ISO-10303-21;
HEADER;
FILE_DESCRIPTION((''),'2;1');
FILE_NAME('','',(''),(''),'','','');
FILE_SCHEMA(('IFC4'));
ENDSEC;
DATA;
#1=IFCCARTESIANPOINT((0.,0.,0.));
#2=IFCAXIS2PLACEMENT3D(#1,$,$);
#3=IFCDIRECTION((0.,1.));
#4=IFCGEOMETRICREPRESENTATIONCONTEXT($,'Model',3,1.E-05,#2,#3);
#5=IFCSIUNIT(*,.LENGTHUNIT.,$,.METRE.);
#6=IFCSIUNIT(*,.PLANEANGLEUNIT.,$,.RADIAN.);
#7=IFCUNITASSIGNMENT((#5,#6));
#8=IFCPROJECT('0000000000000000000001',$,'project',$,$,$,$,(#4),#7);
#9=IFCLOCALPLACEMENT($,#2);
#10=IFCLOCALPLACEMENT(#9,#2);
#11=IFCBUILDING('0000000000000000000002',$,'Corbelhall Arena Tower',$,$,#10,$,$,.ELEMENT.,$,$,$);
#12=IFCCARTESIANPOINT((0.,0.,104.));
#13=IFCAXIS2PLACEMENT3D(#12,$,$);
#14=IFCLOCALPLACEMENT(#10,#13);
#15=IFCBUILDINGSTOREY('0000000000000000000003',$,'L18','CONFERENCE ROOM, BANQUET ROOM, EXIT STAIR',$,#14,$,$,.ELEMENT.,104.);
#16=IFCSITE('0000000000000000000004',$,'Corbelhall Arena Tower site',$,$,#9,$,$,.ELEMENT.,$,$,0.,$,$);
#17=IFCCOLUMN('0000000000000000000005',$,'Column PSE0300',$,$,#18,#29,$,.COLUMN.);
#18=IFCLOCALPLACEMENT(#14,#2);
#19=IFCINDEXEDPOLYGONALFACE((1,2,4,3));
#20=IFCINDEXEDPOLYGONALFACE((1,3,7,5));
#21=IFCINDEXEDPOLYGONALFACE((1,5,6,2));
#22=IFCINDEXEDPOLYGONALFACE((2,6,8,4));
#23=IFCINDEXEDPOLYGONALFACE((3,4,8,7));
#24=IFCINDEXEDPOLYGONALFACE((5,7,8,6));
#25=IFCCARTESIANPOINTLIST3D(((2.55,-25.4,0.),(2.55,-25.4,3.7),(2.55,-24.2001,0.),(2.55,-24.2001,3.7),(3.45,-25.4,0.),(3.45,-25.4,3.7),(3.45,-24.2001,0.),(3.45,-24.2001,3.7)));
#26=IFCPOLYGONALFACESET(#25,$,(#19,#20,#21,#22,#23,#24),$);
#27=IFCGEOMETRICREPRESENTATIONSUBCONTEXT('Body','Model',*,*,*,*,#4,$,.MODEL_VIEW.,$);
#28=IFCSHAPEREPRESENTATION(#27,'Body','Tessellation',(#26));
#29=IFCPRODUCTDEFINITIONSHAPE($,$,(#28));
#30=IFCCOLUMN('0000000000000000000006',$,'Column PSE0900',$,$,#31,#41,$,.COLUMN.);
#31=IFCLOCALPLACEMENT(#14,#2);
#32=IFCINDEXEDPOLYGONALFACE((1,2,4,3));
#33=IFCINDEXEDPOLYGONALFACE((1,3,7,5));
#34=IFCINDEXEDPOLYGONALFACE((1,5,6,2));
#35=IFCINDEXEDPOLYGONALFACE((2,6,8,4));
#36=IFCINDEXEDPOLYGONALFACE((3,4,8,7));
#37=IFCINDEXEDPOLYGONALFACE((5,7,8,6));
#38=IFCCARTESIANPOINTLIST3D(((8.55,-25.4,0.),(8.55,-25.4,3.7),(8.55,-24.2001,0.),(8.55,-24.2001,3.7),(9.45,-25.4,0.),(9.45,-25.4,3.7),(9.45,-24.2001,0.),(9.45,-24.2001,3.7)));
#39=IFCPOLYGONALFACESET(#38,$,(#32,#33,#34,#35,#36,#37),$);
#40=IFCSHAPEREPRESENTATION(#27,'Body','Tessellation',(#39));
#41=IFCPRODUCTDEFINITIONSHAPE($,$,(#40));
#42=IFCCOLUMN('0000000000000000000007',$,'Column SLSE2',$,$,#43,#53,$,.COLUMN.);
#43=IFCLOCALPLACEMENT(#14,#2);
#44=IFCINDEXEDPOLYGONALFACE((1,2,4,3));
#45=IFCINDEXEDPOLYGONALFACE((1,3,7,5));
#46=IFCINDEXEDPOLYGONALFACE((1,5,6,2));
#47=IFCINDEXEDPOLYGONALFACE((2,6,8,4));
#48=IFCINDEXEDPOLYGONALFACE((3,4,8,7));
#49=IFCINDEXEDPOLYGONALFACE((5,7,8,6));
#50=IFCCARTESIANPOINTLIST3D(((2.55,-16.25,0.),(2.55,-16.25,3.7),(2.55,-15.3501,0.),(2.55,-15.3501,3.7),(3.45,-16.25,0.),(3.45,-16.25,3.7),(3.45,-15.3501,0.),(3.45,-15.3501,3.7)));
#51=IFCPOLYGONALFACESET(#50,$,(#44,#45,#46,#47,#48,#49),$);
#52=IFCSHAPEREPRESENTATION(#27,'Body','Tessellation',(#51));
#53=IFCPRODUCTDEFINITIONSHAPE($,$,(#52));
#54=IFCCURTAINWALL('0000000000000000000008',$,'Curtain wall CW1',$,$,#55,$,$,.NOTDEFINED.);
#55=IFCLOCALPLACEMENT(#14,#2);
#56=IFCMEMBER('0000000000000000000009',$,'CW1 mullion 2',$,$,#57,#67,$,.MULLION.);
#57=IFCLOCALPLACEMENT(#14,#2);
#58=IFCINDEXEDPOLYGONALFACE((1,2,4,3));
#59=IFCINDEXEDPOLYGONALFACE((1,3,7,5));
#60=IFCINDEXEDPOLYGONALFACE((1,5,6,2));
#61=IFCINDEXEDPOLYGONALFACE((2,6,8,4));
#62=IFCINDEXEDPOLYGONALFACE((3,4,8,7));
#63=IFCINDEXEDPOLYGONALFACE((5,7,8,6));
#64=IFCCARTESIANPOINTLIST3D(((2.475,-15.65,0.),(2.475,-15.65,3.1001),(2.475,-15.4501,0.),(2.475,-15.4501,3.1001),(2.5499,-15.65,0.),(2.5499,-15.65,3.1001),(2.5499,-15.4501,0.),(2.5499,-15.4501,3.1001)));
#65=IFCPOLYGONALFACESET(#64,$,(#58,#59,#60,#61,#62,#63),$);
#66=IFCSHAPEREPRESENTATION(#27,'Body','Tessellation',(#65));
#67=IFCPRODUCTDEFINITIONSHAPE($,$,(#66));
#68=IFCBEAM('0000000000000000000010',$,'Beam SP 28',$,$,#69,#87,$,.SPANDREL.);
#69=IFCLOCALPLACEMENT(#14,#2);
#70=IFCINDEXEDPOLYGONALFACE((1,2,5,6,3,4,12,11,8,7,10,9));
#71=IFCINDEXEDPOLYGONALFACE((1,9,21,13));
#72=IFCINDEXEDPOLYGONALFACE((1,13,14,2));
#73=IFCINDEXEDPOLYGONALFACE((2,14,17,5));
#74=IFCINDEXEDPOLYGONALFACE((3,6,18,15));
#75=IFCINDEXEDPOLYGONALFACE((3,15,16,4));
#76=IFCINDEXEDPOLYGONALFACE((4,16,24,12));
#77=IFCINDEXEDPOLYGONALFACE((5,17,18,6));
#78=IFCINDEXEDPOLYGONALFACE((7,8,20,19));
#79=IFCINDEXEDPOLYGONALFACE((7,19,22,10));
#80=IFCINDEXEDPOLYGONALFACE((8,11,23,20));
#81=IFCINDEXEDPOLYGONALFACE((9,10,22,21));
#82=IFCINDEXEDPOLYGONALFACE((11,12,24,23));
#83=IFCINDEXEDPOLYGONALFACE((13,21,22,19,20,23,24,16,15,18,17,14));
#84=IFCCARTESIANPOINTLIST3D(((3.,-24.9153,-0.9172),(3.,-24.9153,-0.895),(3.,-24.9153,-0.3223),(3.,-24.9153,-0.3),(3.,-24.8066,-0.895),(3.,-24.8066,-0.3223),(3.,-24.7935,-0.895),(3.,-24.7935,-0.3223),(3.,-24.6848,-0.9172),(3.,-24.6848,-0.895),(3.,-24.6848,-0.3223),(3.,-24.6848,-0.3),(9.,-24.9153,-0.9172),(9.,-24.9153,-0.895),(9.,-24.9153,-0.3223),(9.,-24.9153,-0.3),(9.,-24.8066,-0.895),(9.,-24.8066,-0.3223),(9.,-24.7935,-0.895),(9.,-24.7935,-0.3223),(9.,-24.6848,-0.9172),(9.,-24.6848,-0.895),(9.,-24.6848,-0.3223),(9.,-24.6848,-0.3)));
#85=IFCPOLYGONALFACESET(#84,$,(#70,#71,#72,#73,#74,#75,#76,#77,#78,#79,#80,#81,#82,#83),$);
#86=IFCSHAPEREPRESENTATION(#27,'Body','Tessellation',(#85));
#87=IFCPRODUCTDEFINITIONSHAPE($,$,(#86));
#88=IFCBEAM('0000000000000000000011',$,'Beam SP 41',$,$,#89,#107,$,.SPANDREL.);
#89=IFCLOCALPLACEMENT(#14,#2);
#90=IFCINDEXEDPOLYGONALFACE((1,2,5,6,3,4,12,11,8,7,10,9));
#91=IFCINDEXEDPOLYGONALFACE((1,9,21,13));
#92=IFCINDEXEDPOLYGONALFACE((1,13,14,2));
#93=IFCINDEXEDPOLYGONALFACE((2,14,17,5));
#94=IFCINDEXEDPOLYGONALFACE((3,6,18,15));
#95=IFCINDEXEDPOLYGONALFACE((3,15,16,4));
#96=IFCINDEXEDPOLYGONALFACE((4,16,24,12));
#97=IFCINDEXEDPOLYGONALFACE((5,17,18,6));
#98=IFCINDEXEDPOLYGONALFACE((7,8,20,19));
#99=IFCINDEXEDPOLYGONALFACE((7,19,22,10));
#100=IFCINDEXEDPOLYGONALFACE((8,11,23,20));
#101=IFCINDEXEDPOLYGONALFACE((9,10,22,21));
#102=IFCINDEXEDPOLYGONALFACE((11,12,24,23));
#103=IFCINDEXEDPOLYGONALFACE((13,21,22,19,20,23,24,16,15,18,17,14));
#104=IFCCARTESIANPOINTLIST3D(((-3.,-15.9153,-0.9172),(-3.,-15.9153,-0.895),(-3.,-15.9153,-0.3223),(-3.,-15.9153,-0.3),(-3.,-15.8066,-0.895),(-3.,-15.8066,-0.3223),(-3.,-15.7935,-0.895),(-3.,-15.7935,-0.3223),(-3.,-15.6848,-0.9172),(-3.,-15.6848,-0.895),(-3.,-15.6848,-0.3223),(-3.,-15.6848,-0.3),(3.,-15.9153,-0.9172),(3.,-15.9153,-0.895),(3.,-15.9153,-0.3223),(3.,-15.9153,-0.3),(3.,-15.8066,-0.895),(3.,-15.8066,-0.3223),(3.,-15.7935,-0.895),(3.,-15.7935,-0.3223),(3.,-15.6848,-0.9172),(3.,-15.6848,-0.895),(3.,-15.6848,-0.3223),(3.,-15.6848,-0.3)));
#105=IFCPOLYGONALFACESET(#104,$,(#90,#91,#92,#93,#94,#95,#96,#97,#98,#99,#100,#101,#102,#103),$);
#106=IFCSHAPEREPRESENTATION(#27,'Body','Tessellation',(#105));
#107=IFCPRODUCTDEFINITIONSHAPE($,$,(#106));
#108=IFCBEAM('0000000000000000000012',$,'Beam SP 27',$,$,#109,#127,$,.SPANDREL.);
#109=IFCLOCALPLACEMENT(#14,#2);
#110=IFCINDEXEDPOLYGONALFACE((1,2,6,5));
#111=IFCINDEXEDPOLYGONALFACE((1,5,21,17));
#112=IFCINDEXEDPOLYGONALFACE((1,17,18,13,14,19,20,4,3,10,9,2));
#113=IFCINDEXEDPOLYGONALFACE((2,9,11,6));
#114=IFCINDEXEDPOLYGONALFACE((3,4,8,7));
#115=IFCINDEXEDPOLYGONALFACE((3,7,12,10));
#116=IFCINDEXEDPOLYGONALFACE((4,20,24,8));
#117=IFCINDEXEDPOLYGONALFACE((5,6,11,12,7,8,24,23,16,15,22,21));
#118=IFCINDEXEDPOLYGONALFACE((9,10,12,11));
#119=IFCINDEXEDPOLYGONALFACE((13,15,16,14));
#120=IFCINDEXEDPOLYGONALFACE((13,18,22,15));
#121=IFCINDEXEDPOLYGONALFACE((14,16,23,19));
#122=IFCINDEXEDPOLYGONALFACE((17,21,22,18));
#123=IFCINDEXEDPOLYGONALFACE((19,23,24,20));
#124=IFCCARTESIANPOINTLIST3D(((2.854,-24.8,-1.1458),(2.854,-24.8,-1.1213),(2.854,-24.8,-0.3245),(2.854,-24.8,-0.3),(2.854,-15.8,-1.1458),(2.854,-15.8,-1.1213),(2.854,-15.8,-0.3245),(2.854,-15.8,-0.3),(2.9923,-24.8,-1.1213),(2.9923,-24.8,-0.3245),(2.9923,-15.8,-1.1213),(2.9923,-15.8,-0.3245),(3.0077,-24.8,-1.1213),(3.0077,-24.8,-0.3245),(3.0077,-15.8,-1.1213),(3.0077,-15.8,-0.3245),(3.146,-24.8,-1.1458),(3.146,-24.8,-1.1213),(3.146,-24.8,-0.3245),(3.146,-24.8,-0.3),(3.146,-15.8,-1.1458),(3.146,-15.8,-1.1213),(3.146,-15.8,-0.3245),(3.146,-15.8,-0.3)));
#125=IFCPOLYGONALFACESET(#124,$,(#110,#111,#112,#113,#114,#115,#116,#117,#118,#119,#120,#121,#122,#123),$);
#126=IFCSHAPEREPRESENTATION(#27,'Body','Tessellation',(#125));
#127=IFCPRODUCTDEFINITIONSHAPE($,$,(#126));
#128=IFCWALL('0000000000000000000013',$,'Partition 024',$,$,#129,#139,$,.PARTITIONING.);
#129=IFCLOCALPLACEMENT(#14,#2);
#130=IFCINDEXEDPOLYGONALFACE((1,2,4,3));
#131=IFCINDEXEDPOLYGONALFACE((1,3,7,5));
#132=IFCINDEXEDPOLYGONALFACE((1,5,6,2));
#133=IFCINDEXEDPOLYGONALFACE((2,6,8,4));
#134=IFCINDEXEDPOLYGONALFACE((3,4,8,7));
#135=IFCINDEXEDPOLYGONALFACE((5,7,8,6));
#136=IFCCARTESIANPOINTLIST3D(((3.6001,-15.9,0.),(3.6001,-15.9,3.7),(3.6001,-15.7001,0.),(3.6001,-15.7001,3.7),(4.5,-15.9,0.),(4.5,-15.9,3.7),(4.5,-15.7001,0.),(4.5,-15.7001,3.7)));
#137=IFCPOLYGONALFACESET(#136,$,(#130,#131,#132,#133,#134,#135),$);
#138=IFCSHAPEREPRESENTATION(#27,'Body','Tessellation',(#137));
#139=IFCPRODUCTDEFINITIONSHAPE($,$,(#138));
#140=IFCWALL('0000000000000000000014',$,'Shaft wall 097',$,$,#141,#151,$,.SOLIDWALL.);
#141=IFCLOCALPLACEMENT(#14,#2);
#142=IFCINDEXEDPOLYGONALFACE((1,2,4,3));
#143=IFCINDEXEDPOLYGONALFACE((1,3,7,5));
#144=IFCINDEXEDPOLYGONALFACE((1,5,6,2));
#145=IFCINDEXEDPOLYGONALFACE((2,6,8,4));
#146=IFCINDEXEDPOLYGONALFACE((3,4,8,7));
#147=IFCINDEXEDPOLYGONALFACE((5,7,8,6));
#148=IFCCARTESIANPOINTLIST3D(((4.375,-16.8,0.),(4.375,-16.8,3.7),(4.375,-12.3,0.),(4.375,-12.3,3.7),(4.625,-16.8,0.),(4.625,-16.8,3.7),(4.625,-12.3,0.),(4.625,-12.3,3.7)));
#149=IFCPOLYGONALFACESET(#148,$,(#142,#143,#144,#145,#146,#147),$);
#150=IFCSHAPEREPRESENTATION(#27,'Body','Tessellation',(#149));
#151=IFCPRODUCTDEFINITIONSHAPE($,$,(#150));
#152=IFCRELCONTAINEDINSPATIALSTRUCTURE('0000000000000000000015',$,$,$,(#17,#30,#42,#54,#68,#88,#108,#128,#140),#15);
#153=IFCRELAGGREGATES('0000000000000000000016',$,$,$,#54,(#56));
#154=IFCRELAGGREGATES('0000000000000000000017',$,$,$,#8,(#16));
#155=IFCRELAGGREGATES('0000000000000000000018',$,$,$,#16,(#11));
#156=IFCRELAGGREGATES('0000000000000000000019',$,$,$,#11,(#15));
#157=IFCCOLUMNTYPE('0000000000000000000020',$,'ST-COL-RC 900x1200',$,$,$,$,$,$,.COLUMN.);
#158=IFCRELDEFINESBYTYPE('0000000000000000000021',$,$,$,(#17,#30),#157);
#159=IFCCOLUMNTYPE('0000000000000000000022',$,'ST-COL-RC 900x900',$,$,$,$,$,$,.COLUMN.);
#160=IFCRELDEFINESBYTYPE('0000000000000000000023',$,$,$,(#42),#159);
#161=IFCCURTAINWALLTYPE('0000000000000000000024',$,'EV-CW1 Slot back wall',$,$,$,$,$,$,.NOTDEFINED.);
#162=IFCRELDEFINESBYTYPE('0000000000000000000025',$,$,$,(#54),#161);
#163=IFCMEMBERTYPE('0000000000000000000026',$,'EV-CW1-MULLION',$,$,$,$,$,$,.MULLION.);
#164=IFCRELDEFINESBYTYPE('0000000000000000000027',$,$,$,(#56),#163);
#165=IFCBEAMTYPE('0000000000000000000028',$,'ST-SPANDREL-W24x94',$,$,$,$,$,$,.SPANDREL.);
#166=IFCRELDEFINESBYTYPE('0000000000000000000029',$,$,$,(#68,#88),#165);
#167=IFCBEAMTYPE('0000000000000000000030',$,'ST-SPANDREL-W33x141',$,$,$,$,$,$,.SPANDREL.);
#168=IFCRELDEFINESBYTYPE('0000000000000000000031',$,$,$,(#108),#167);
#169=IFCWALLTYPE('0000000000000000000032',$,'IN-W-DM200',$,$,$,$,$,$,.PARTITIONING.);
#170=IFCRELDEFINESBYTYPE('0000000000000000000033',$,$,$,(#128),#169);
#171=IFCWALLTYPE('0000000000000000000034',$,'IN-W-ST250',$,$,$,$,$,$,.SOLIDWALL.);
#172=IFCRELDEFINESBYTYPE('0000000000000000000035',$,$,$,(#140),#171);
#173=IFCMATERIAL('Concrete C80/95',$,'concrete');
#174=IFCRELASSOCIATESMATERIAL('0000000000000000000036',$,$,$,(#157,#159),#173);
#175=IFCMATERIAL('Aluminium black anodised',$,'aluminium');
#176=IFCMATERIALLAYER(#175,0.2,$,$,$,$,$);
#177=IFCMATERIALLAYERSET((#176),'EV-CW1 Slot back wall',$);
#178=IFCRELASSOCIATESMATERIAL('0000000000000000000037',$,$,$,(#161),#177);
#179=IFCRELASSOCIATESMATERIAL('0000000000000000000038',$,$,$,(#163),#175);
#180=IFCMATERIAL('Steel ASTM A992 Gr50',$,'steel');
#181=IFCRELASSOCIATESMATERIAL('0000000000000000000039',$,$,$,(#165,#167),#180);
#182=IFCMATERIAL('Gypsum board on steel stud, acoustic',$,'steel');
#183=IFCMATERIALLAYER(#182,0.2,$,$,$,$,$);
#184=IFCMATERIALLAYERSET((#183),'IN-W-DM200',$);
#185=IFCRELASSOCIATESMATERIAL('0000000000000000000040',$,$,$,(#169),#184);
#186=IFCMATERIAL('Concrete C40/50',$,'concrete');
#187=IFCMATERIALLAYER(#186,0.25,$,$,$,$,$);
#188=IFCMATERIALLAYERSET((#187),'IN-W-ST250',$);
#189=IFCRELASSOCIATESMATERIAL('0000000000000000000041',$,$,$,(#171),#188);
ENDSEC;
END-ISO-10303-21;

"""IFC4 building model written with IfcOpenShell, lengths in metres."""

from ifc_helpers import new_model, si_unit, direction, frame, frame_2d, origin, origin_2d, place, context, subcontext, project, spatial, rectangle, i_section, extrude, material, layer, layer_set, material_profile, profile_set, type_object, element, aggregate, save


model = new_model("IFC4")

# Units and contexts
model_context = context("Model", 3, precision=1e-05, world=origin(), true_north=direction((0.0, 1.0)))
body_context = subcontext(model_context, "Body", "Model", "MODEL_VIEW")
ifc_project = project(units=[si_unit("LENGTHUNIT", "METRE"), si_unit("PLANEANGLEUNIT", "RADIAN")], contexts=[model_context])

# Site, building, storey
site_placement = place(None, origin())
site = spatial("IfcSite", under=ifc_project, at=site_placement, Name="Corbelhall Arena Tower site", CompositionType="ELEMENT", RefElevation=0.0)
building_placement = place(site_placement, origin())
building = spatial("IfcBuilding", under=site, at=building_placement, Name="Corbelhall Arena Tower", CompositionType="ELEMENT")
storey_placement = place(building_placement, frame((0.0, 0.0, 104.0)))
storey = spatial("IfcBuildingStorey", under=building, at=storey_placement, Name="L18", Description="CONFERENCE ROOM, BANQUET ROOM, EXIT STAIR", CompositionType="ELEMENT", Elevation=104.0)

# Columns
ifc_material_1 = material(Name="Concrete C80/95", Category="concrete")
ifc_material_profile_1 = material_profile(ifc_material_1, rectangle(XDim=0.8999, YDim=1.2, at=origin_2d()))
ifc_profile_set_1 = profile_set([ifc_material_profile_1], Name="Concrete C80/95")
column_type_1 = type_object("IfcColumnType", Name="ST-COL-RC 900x1200", PredefinedType="COLUMN", material=ifc_profile_set_1)
for number, where, z_axis, x_axis, name in (
    (1, (3.0, -24.8, 0.0), (0.0, 0.0, 1.0), (1.0, 0.0, 0.0), "Column PSE0300"),
    (2, (9.0, -24.8, 0.0), (0.0, 0.0, 1.0), (1.0, 0.0, 0.0), "Column PSE0900"),
):
    element("IfcColumn", number, at=place(storey_placement, frame(where, z_axis=z_axis, x_axis=x_axis)), inside=storey, type_object=column_type_1, Name=name, PredefinedType="COLUMN", context=body_context, shape_type="SweptSolid", body=[
        extrude(rectangle(XDim=0.8999, YDim=1.2, at=origin_2d()), origin(), (0.0, 0.0, 1.0), 3.7),
    ])
ifc_material_profile_2 = material_profile(ifc_material_1, rectangle(XDim=0.8999, YDim=0.8999, at=origin_2d()))
ifc_profile_set_2 = profile_set([ifc_material_profile_2], Name="Concrete C80/95")
column_type_2 = type_object("IfcColumnType", Name="ST-COL-RC 900x900", PredefinedType="COLUMN", material=ifc_profile_set_2)
column_placement = place(storey_placement, frame((3.0, -15.8, 0.0), z_axis=(0.0, 0.0, 1.0), x_axis=(1.0, 0.0, 0.0)))
element("IfcColumn", 3, at=column_placement, inside=storey, type_object=column_type_2, Name="Column SLSE2", PredefinedType="COLUMN", context=body_context, shape_type="SweptSolid", body=[
    extrude(rectangle(XDim=0.8999, YDim=0.8999, at=origin_2d()), origin(), (0.0, 0.0, 1.0), 3.7),
])

# Curtain wall, member
ifc_material_2 = material(Name="Aluminium black anodised", Category="aluminium")
ifc_layer_1 = layer(ifc_material_2, 0.2)
ifc_layer_set_1 = layer_set([ifc_layer_1], Name="EV-CW1 Slot back wall")
curtain_wall_type = type_object("IfcCurtainWallType", Name="EV-CW1 Slot back wall", PredefinedType="NOTDEFINED", material=ifc_layer_set_1)
curtain_wall_placement = place(storey_placement, origin())
curtain_wall = element("IfcCurtainWall", 4, at=curtain_wall_placement, inside=storey, type_object=curtain_wall_type, Name="Curtain wall CW1", PredefinedType="NOTDEFINED")
ifc_material_profile_3 = material_profile(ifc_material_2, rectangle(XDim=0.2, YDim=0.075, at=origin_2d()))
ifc_profile_set_3 = profile_set([ifc_material_profile_3], Name="Aluminium black anodised")
member_type = type_object("IfcMemberType", Name="EV-CW1-MULLION", PredefinedType="MULLION", material=ifc_profile_set_3)
member_placement = place(storey_placement, frame((2.5125, -15.55, 0.0), z_axis=(0.0, 0.0, 1.0), x_axis=(0.0, 1.0, 0.0)))
member = element("IfcMember", 5, at=member_placement, type_object=member_type, Name="CW1 mullion 2", PredefinedType="MULLION", context=body_context, shape_type="SweptSolid", body=[
    extrude(rectangle(XDim=0.2, YDim=0.075, at=origin_2d()), origin(), (0.0, 0.0, 1.0), 3.1001),
])
aggregate(curtain_wall, [member])

# Beams
ifc_material_3 = material(Name="Steel ASTM A992 Gr50", Category="steel")
ifc_material_profile_4 = material_profile(ifc_material_3, i_section(OverallWidth=0.2305, OverallDepth=0.6172, WebThickness=0.0132, FlangeThickness=0.0222, at=origin_2d()))
ifc_profile_set_4 = profile_set([ifc_material_profile_4], Name="Steel ASTM A992 Gr50")
beam_type_1 = type_object("IfcBeamType", Name="ST-SPANDREL-W24x94", PredefinedType="SPANDREL", material=ifc_profile_set_4)
for number, where, z_axis, x_axis, name in (
    (6, (9.0, -24.8, -0.6086), (-1.0, 0.0, 0.0), (0.0, -1.0, 0.0), "Beam SP 28"),
    (7, (3.0, -15.8, -0.6086), (-1.0, 0.0, 0.0), (0.0, -1.0, 0.0), "Beam SP 41"),
):
    element("IfcBeam", number, at=place(storey_placement, frame(where, z_axis=z_axis, x_axis=x_axis)), inside=storey, type_object=beam_type_1, Name=name, PredefinedType="SPANDREL", context=body_context, shape_type="SweptSolid", body=[
        extrude(i_section(OverallWidth=0.2305, OverallDepth=0.6172, WebThickness=0.0132, FlangeThickness=0.0222, at=origin_2d()), origin(), (0.0, 0.0, 1.0), 6.0),
    ])
ifc_material_profile_5 = material_profile(ifc_material_3, i_section(OverallWidth=0.292, OverallDepth=0.8457, WebThickness=0.0154, FlangeThickness=0.0244, at=origin_2d()))
ifc_profile_set_5 = profile_set([ifc_material_profile_5], Name="Steel ASTM A992 Gr50")
beam_type_2 = type_object("IfcBeamType", Name="ST-SPANDREL-W33x141", PredefinedType="SPANDREL", material=ifc_profile_set_5)
beam_placement = place(storey_placement, frame((3.0, -24.8, -0.7229), z_axis=(0.0, 1.0, 0.0), x_axis=(-1.0, 0.0, 0.0)))
element("IfcBeam", 8, at=beam_placement, inside=storey, type_object=beam_type_2, Name="Beam SP 27", PredefinedType="SPANDREL", context=body_context, shape_type="SweptSolid", body=[
    extrude(i_section(OverallWidth=0.292, OverallDepth=0.8457, WebThickness=0.0154, FlangeThickness=0.0244, at=origin_2d()), origin(), (0.0, 0.0, 1.0), 9.0),
])

# Walls
ifc_material_4 = material(Name="Gypsum board on steel stud, acoustic", Category="steel")
ifc_layer_2 = layer(ifc_material_4, 0.2)
ifc_layer_set_2 = layer_set([ifc_layer_2], Name="IN-W-DM200")
wall_type_1 = type_object("IfcWallType", Name="IN-W-DM200", PredefinedType="PARTITIONING", material=ifc_layer_set_2)
wall_1_placement = place(storey_placement, frame((4.5, -15.8, 0.0), z_axis=(0.0, 0.0, 1.0), x_axis=(-1.0, 0.0, 0.0)))
element("IfcWall", 9, at=wall_1_placement, inside=storey, type_object=wall_type_1, Name="Partition 024", PredefinedType="PARTITIONING", context=body_context, shape_type="SweptSolid", body=[
    extrude(rectangle(XDim=0.8999, YDim=0.2, at=frame_2d((0.45, 0.0))), origin(), (0.0, 0.0, 1.0), 3.7),
])
ifc_material_5 = material(Name="Concrete C40/50", Category="concrete")
ifc_layer_3 = layer(ifc_material_5, 0.25)
ifc_layer_set_3 = layer_set([ifc_layer_3], Name="IN-W-ST250")
wall_type_2 = type_object("IfcWallType", Name="IN-W-ST250", PredefinedType="SOLIDWALL", material=ifc_layer_set_3)
wall_2_placement = place(storey_placement, frame((4.5, -16.8, 0.0), z_axis=(0.0, 0.0, 1.0), x_axis=(0.0, 1.0, 0.0)))
element("IfcWall", 10, at=wall_2_placement, inside=storey, type_object=wall_type_2, Name="Shaft wall 097", PredefinedType="SOLIDWALL", context=body_context, shape_type="SweptSolid", body=[
    extrude(rectangle(XDim=4.5, YDim=0.25, at=frame_2d((2.25, 0.0))), origin(), (0.0, 0.0, 1.0), 3.7),
])

save(model, "model.ifc")
